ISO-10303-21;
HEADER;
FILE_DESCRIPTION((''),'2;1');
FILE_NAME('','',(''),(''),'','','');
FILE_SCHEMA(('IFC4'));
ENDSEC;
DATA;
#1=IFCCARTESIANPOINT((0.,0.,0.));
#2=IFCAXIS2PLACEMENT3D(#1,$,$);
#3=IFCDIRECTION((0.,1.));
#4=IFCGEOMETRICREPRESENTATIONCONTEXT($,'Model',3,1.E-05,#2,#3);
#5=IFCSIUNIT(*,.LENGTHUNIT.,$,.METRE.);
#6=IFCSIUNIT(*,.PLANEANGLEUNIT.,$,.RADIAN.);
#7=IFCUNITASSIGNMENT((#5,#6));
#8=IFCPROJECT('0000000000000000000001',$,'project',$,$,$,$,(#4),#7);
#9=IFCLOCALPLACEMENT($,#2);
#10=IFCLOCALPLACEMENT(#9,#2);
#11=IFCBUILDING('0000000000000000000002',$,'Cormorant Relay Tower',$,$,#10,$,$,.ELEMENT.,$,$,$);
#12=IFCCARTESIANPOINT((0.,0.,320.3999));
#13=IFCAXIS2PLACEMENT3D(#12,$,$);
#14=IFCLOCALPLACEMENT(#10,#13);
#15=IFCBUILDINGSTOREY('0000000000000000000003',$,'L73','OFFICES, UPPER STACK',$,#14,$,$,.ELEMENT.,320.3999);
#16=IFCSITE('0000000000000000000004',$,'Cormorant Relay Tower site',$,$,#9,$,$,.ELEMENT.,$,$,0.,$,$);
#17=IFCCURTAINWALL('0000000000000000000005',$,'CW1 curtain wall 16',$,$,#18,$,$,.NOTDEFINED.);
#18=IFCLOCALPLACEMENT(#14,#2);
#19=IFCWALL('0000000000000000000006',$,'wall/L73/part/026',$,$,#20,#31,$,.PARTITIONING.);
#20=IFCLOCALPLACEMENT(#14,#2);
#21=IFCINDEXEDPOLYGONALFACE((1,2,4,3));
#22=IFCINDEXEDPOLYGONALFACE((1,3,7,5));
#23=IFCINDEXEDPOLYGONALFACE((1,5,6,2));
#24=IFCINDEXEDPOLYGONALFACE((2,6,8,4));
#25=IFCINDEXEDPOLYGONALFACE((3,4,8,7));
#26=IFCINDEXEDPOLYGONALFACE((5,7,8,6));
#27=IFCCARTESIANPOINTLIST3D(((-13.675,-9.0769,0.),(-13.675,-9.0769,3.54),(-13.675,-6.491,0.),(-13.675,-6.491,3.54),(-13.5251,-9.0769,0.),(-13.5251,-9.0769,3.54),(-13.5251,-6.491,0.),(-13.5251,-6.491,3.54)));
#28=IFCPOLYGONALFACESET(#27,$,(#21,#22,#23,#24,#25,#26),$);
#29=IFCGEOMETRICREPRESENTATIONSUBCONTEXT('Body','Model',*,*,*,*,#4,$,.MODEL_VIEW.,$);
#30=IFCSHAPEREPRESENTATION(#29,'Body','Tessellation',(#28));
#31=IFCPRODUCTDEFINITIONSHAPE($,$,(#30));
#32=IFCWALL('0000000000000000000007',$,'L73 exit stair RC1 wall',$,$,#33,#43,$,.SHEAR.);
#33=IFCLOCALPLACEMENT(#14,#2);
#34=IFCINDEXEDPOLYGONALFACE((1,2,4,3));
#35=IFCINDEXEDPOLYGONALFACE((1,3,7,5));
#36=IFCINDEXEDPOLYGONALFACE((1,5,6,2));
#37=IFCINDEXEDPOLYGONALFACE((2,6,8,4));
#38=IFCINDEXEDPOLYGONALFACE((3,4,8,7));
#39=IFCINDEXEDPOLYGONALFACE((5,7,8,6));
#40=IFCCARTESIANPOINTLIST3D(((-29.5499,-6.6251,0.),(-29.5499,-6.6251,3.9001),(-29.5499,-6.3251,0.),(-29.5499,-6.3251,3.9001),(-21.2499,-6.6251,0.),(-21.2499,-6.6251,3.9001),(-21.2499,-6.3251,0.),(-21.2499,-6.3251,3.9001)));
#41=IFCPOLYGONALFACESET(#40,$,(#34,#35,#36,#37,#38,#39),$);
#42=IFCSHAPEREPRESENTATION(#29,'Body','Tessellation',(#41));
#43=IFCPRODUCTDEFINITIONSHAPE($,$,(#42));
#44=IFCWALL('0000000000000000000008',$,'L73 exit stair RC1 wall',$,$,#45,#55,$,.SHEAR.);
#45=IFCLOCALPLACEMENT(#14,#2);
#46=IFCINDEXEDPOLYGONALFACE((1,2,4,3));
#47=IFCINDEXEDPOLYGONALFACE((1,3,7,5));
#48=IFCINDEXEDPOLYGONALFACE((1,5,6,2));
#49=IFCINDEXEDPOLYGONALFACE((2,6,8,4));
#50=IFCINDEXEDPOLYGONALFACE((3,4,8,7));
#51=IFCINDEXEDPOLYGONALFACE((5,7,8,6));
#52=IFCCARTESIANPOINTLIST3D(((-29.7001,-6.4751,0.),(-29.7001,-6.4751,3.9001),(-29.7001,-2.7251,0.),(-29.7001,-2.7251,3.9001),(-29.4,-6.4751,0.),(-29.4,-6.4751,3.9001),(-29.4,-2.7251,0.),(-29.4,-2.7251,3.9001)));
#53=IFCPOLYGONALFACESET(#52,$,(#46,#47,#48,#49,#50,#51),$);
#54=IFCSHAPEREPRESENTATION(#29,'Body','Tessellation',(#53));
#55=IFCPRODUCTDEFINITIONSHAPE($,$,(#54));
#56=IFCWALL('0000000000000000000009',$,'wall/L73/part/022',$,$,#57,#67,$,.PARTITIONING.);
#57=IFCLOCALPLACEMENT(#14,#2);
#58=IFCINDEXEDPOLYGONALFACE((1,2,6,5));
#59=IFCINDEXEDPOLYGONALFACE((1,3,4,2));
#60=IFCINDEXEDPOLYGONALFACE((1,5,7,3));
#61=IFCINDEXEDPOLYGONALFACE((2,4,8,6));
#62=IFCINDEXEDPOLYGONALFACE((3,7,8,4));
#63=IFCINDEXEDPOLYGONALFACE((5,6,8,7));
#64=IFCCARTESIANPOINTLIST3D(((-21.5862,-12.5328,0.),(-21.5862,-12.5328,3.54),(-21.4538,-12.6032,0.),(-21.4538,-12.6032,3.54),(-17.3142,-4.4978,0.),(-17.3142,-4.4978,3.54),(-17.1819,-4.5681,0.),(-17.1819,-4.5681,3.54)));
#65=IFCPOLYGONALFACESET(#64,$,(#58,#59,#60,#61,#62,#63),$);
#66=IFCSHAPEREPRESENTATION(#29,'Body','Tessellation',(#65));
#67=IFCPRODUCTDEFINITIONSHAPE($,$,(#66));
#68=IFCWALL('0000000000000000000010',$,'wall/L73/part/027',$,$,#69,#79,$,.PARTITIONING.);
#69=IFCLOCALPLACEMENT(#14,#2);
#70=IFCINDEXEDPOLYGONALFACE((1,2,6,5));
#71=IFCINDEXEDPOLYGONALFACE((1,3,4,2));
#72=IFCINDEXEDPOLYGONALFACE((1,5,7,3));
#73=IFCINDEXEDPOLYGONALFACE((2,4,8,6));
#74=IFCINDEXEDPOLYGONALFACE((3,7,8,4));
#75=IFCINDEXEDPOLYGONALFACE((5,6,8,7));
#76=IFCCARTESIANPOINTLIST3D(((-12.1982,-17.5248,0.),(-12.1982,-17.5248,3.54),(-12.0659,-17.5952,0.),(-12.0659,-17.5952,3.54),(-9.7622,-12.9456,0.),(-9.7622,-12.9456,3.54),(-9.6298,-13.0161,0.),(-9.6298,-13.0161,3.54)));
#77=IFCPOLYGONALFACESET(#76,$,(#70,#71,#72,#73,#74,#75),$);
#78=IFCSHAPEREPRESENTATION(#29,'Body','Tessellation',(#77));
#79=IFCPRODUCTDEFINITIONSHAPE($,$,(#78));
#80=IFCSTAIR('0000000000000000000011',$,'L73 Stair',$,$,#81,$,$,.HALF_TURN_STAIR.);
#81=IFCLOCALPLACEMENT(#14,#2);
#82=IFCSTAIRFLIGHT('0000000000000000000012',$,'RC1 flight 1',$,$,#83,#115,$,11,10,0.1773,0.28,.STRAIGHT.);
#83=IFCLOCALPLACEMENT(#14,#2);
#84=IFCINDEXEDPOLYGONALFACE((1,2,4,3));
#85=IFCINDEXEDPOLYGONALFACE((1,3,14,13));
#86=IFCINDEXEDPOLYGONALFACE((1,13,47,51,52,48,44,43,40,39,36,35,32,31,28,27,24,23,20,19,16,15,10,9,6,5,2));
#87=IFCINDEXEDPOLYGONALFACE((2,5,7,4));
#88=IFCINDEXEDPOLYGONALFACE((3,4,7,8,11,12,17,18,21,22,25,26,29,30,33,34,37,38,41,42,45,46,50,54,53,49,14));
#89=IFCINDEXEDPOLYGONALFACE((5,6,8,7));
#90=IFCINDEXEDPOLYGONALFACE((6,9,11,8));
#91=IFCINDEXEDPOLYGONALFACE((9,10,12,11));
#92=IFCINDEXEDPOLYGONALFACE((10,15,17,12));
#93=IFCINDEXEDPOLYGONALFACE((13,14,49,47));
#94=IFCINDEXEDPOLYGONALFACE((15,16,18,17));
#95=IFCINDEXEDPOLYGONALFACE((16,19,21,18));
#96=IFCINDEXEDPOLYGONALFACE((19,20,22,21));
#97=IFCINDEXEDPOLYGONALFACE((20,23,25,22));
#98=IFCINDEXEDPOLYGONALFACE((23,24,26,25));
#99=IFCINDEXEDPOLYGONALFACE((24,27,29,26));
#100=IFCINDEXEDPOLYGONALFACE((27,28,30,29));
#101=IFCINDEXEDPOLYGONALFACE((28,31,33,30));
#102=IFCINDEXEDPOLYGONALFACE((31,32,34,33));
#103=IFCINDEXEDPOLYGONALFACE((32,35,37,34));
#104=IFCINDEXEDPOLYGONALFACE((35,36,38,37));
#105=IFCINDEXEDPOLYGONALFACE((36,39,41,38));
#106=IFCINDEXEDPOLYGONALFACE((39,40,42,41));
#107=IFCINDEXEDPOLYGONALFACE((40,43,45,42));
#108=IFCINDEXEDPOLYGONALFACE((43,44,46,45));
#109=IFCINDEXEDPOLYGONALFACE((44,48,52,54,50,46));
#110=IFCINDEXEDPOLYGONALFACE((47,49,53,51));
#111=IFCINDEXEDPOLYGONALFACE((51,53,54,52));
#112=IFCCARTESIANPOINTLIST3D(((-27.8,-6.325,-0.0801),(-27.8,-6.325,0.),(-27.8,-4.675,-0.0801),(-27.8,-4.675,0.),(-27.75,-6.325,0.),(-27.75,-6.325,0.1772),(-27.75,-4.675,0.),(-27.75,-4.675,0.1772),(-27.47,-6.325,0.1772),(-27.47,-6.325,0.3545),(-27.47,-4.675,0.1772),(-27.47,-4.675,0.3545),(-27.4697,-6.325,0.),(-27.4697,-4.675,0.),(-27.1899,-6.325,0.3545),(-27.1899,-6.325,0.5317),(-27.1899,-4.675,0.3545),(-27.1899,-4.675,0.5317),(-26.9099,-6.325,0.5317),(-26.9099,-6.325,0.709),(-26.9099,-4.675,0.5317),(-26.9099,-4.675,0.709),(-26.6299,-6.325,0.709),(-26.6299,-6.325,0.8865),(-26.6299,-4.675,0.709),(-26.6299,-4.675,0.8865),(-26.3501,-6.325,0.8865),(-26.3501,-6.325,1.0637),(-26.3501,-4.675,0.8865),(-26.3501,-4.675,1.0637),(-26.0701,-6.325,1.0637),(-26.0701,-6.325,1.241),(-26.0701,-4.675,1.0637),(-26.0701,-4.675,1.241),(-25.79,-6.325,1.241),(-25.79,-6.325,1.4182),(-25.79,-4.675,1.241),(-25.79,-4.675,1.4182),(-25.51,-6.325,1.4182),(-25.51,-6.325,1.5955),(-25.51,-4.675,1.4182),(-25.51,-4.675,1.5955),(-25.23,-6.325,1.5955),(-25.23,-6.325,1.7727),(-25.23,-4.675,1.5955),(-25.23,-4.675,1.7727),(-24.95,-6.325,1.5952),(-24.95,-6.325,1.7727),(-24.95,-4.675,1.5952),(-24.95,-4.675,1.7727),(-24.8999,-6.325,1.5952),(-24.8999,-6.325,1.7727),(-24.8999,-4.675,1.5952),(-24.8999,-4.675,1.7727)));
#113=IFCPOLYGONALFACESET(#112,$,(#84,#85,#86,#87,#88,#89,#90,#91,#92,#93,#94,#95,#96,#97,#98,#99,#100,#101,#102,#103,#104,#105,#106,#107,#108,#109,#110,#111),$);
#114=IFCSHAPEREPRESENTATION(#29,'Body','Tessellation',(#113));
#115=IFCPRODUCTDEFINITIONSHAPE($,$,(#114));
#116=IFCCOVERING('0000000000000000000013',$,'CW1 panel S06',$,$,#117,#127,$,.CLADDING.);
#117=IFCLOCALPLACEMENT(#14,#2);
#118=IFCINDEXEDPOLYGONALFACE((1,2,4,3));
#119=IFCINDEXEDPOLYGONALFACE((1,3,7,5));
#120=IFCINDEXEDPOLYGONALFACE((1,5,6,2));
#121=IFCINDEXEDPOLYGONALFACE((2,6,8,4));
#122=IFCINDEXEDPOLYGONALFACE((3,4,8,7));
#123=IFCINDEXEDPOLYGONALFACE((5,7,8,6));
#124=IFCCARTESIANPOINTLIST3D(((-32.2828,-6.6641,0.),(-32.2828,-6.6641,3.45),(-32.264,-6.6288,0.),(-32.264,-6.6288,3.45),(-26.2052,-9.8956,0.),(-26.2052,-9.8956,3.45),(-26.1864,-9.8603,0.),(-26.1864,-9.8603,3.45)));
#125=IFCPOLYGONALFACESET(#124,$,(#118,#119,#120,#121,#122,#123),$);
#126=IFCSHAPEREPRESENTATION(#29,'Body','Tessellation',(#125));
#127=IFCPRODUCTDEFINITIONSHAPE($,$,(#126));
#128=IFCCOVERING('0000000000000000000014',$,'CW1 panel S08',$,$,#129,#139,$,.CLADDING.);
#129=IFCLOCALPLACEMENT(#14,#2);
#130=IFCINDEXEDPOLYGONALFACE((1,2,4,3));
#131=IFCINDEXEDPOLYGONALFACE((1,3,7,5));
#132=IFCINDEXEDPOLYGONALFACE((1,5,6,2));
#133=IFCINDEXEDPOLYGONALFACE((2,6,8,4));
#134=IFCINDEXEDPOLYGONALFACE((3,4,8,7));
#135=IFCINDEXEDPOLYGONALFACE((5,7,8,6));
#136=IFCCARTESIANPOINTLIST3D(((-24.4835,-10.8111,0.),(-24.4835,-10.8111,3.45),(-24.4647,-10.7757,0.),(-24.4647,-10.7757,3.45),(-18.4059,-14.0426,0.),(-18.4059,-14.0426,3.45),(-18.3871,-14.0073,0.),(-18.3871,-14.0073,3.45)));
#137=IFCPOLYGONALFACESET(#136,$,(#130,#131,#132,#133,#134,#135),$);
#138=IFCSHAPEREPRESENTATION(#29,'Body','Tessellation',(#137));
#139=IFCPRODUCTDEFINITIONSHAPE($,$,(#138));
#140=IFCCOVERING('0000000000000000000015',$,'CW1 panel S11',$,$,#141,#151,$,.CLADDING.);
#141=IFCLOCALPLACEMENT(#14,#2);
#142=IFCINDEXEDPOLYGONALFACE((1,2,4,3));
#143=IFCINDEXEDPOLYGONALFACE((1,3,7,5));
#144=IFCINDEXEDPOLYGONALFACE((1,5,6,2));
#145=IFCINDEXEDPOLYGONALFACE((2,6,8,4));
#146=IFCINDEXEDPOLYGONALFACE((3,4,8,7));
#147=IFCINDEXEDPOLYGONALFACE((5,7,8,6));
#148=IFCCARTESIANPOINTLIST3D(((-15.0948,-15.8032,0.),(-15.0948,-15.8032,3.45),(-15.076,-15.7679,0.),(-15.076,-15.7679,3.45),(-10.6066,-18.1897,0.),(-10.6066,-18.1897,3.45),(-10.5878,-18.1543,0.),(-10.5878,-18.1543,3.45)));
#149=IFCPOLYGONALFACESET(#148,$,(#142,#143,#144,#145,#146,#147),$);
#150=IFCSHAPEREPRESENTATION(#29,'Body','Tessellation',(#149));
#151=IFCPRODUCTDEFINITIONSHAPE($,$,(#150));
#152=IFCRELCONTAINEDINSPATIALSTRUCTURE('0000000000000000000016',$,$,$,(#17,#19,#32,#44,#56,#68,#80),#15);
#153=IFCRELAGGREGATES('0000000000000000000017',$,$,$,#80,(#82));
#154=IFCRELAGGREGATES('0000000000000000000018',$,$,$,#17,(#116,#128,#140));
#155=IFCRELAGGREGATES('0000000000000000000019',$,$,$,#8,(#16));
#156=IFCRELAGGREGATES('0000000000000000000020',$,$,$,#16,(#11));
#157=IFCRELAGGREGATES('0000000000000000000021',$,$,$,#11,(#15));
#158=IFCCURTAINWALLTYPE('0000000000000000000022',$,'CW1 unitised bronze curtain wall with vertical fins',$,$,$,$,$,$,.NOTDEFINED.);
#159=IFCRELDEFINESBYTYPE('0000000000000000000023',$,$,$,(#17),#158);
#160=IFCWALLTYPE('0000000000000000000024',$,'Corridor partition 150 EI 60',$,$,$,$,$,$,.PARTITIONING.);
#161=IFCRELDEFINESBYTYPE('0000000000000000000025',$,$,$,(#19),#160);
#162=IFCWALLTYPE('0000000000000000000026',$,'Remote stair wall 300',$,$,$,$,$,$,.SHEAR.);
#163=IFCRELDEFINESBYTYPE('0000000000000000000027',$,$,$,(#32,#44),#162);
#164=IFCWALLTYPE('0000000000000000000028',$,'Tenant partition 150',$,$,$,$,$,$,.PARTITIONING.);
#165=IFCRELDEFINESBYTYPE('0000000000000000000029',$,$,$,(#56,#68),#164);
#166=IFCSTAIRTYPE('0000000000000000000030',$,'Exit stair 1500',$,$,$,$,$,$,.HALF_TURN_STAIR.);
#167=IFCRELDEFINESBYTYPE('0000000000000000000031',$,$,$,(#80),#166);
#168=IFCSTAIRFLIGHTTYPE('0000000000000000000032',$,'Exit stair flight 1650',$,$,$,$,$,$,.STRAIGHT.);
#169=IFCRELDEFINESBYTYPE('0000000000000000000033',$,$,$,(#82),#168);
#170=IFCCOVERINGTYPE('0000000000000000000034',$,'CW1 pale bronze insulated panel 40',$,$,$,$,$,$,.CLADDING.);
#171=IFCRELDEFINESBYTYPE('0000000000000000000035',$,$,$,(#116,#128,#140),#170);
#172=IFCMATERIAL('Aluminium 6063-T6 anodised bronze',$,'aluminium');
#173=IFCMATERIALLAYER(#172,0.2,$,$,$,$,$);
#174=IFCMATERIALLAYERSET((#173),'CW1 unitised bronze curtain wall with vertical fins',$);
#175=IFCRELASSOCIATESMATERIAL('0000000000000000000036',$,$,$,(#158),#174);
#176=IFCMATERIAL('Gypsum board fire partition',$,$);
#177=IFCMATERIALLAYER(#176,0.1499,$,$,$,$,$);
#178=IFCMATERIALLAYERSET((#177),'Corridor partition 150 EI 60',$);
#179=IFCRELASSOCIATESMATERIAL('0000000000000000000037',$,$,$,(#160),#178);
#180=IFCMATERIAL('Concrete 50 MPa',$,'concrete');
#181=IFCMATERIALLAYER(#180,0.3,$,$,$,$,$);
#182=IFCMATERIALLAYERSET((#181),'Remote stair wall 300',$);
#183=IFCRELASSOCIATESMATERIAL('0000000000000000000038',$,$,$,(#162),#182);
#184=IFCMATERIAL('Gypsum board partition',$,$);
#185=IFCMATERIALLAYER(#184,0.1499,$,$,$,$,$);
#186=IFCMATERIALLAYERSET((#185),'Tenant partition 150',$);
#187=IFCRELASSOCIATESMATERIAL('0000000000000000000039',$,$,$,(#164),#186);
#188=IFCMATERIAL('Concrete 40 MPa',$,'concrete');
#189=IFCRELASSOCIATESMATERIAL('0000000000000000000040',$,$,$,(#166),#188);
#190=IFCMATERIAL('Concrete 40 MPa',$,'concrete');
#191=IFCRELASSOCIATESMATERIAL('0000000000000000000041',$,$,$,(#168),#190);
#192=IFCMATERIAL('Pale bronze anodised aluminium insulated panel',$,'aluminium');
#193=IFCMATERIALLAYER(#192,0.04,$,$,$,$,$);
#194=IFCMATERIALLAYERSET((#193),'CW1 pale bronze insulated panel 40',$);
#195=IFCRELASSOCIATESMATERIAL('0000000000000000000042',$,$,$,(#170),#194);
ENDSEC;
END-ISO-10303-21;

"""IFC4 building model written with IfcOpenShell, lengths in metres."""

from ifc_helpers import new_model, si_unit, direction, frame, frame_2d, origin, origin_2d, place, context, subcontext, project, spatial, polyline, rectangle, outline, extrude, material, layer, layer_set, type_object, element, aggregate, save


model = new_model("IFC4")

# Units and contexts
model_context = context("Model", 3, precision=1e-05, world=origin(), true_north=direction((0.0, 1.0)))
body_context = subcontext(model_context, "Body", "Model", "MODEL_VIEW")
ifc_project = project(units=[si_unit("LENGTHUNIT", "METRE"), si_unit("PLANEANGLEUNIT", "RADIAN")], contexts=[model_context])

# Site, building, storey
site_placement = place(None, origin())
site = spatial("IfcSite", under=ifc_project, at=site_placement, Name="Cormorant Relay Tower site", CompositionType="ELEMENT", RefElevation=0.0)
building_placement = place(site_placement, origin())
building = spatial("IfcBuilding", under=site, at=building_placement, Name="Cormorant Relay Tower", CompositionType="ELEMENT")
storey_placement = place(building_placement, frame((0.0, 0.0, 320.3999)))
storey = spatial("IfcBuildingStorey", under=building, at=storey_placement, Name="L73", Description="OFFICES, UPPER STACK", CompositionType="ELEMENT", Elevation=320.3999)

# Curtain wall
ifc_material_1 = material(Name="Aluminium 6063-T6 anodised bronze", Category="aluminium")
ifc_layer_1 = layer(ifc_material_1, 0.2)
ifc_layer_set_1 = layer_set([ifc_layer_1], Name="CW1 unitised bronze curtain wall with vertical fins")
curtain_wall_type = type_object("IfcCurtainWallType", Name="CW1 unitised bronze curtain wall with vertical fins", PredefinedType="NOTDEFINED", material=ifc_layer_set_1)
curtain_wall_placement = place(storey_placement, origin())
curtain_wall = element("IfcCurtainWall", 1, at=curtain_wall_placement, inside=storey, type_object=curtain_wall_type, Name="CW1 curtain wall 16", PredefinedType="NOTDEFINED")

# Shared definitions
ifc_material_2 = material(Name="Gypsum board fire partition")
ifc_layer_2 = layer(ifc_material_2, 0.1499)
ifc_layer_set_2 = layer_set([ifc_layer_2], Name="Corridor partition 150 EI 60")
wall_type_1 = type_object("IfcWallType", Name="Corridor partition 150 EI 60", PredefinedType="PARTITIONING", material=ifc_layer_set_2)

# Walls
wall_1_placement = place(storey_placement, frame((-13.6001, -9.0769, 0.0), z_axis=(0.0, 0.0, 1.0), x_axis=(0.0, 1.0, 0.0)))
element("IfcWall", 2, at=wall_1_placement, inside=storey, type_object=wall_type_1, Name="wall/L73/part/026", PredefinedType="PARTITIONING", context=body_context, shape_type="SweptSolid", body=[
    extrude(rectangle(XDim=2.5859, YDim=0.1499, at=frame_2d((1.293, 0.0))), origin(), (0.0, 0.0, 1.0), 3.54),
])
ifc_material_3 = material(Name="Concrete 50 MPa", Category="concrete")
ifc_layer_3 = layer(ifc_material_3, 0.3)
ifc_layer_set_3 = layer_set([ifc_layer_3], Name="Remote stair wall 300")
wall_type_2 = type_object("IfcWallType", Name="Remote stair wall 300", PredefinedType="SHEAR", material=ifc_layer_set_3)
wall_2_placement = place(storey_placement, frame((-21.25, -6.4751, 0.0), z_axis=(0.0, 0.0, 1.0), x_axis=(-1.0, 0.0, 0.0)))
element("IfcWall", 3, at=wall_2_placement, inside=storey, type_object=wall_type_2, Name="L73 exit stair RC1 wall", PredefinedType="SHEAR", context=body_context, shape_type="SweptSolid", body=[
    extrude(rectangle(XDim=8.3, YDim=0.3, at=frame_2d((4.1499, 0.0))), origin(), (0.0, 0.0, 1.0), 3.9001),
])
wall_3_placement = place(storey_placement, frame((-29.55, -6.4751, 0.0), z_axis=(0.0, 0.0, 1.0), x_axis=(0.0, 1.0, 0.0)))
element("IfcWall", 4, at=wall_3_placement, inside=storey, type_object=wall_type_2, Name="L73 exit stair RC1 wall", PredefinedType="SHEAR", context=body_context, shape_type="SweptSolid", body=[
    extrude(rectangle(XDim=3.75, YDim=0.3, at=frame_2d((1.875, 0.0))), origin(), (0.0, 0.0, 1.0), 3.9001),
])
ifc_material_4 = material(Name="Gypsum board partition")
ifc_layer_4 = layer(ifc_material_4, 0.1499)
ifc_layer_set_4 = layer_set([ifc_layer_4], Name="Tenant partition 150")
wall_type_3 = type_object("IfcWallType", Name="Tenant partition 150", PredefinedType="PARTITIONING", material=ifc_layer_set_4)
wall_4_placement = place(storey_placement, frame((-17.248, -4.533, 0.0), z_axis=(0.0, 0.0, 1.0), x_axis=(-0.469438, -0.882966, 0.0)))
element("IfcWall", 5, at=wall_4_placement, inside=storey, type_object=wall_type_3, Name="wall/L73/part/022", PredefinedType="PARTITIONING", context=body_context, shape_type="SweptSolid", body=[
    extrude(rectangle(XDim=9.1001, YDim=0.1499, at=frame_2d((4.55, 0.0))), origin(), (0.0, 0.0, 1.0), 3.54),
])
wall_5_placement = place(storey_placement, frame((-9.696, -12.981, 0.0), z_axis=(0.0, 0.0, 1.0), x_axis=(-0.469664, -0.882845, 0.0)))
element("IfcWall", 6, at=wall_5_placement, inside=storey, type_object=wall_type_3, Name="wall/L73/part/027", PredefinedType="PARTITIONING", context=body_context, shape_type="SweptSolid", body=[
    extrude(rectangle(XDim=5.1868, YDim=0.1499, at=frame_2d((2.5933, 0.0))), origin(), (0.0, 0.0, 1.0), 3.54),
])

# Stair, stair flight
ifc_material_5 = material(Name="Concrete 40 MPa", Category="concrete")
stair_type = type_object("IfcStairType", Name="Exit stair 1500", PredefinedType="HALF_TURN_STAIR", material=ifc_material_5)
stair_placement = place(storey_placement, origin())
stair = element("IfcStair", 7, at=stair_placement, inside=storey, type_object=stair_type, Name="L73 Stair", PredefinedType="HALF_TURN_STAIR")
ifc_material_6 = material(Name="Concrete 40 MPa", Category="concrete")
stair_flight_type = type_object("IfcStairFlightType", Name="Exit stair flight 1650", PredefinedType="STRAIGHT", material=ifc_material_6)
stair_flight_placement = place(storey_placement, frame((-27.75, -5.5, 0.0), z_axis=(0.0, 0.0, 1.0), x_axis=(1.0, 0.0, 0.0)))
stair_flight = element("IfcStairFlight", 8, at=stair_flight_placement, type_object=stair_flight_type, Name="RC1 flight 1", NumberOfRisers=11, NumberOfTreads=10, PredefinedType="STRAIGHT", RiserHeight=0.1773, TreadLength=0.28, context=body_context, shape_type="SweptSolid", body=[
    extrude(outline(polyline([(-0.05, -0.0801), (-0.05, 0.0), (0.0, 0.0), (0.0, 0.1772), (0.28, 0.1772), (0.28, 0.3545), (0.5601, 0.3545), (0.5601, 0.5317), (0.8401, 0.5317), (0.8401, 0.709), (1.1201, 0.709), (1.1201, 0.8865), (1.3999, 0.8865), (1.3999, 1.0637), (1.6799, 1.0637), (1.6799, 1.241), (1.96, 1.241), (1.96, 1.4182), (2.24, 1.4182), (2.24, 1.5955), (2.52, 1.5955), (2.52, 1.7727), (2.8, 1.7727), (2.8501, 1.7727), (2.8501, 1.5952), (2.8, 1.5952), (0.2803, 0.0), (-0.05, -0.0801)])), frame((0.0, 0.825, 0.0), z_axis=(0.0, -1.0, 0.0), x_axis=(1.0, 0.0, 0.0)), (0.0, 0.0, 1.0), 1.6499),
])
aggregate(stair, [stair_flight])

# Coverings
ifc_material_7 = material(Name="Pale bronze anodised aluminium insulated panel", Category="aluminium")
ifc_layer_5 = layer(ifc_material_7, 0.04)
ifc_layer_set_5 = layer_set([ifc_layer_5], Name="CW1 pale bronze insulated panel 40")
covering_type = type_object("IfcCoveringType", Name="CW1 pale bronze insulated panel 40", PredefinedType="CLADDING", material=ifc_layer_set_5)
covering_1_placement = place(storey_placement, frame((-29.2346, -8.2622, 0.0), z_axis=(0.0, 0.0, 1.0), x_axis=(0.882948, -0.469472, 0.0)))
covering_1 = element("IfcCovering", 9, at=covering_1_placement, type_object=covering_type, Name="CW1 panel S06", PredefinedType="CLADDING", context=body_context, shape_type="SweptSolid", body=[
    extrude(rectangle(XDim=6.8833, YDim=0.04, at=origin_2d()), origin(), (0.0, 0.0, 1.0), 3.45),
])
covering_2_placement = place(storey_placement, frame((-21.4353, -12.4092, 0.0), z_axis=(0.0, 0.0, 1.0), x_axis=(0.882948, -0.469472, 0.0)))
covering_2 = element("IfcCovering", 10, at=covering_2_placement, type_object=covering_type, Name="CW1 panel S08", PredefinedType="CLADDING", context=body_context, shape_type="SweptSolid", body=[
    extrude(rectangle(XDim=6.8833, YDim=0.04, at=origin_2d()), origin(), (0.0, 0.0, 1.0), 3.45),
])
covering_3_placement = place(storey_placement, frame((-12.8413, -16.9788, 0.0), z_axis=(0.0, 0.0, 1.0), x_axis=(0.882948, -0.469472, 0.0)))
covering_3 = element("IfcCovering", 11, at=covering_3_placement, type_object=covering_type, Name="CW1 panel S11", PredefinedType="CLADDING", context=body_context, shape_type="SweptSolid", body=[
    extrude(rectangle(XDim=5.0833, YDim=0.04, at=origin_2d()), origin(), (0.0, 0.0, 1.0), 3.45),
])
aggregate(curtain_wall, [covering_1, covering_2, covering_3])

save(model, "model.ifc")
